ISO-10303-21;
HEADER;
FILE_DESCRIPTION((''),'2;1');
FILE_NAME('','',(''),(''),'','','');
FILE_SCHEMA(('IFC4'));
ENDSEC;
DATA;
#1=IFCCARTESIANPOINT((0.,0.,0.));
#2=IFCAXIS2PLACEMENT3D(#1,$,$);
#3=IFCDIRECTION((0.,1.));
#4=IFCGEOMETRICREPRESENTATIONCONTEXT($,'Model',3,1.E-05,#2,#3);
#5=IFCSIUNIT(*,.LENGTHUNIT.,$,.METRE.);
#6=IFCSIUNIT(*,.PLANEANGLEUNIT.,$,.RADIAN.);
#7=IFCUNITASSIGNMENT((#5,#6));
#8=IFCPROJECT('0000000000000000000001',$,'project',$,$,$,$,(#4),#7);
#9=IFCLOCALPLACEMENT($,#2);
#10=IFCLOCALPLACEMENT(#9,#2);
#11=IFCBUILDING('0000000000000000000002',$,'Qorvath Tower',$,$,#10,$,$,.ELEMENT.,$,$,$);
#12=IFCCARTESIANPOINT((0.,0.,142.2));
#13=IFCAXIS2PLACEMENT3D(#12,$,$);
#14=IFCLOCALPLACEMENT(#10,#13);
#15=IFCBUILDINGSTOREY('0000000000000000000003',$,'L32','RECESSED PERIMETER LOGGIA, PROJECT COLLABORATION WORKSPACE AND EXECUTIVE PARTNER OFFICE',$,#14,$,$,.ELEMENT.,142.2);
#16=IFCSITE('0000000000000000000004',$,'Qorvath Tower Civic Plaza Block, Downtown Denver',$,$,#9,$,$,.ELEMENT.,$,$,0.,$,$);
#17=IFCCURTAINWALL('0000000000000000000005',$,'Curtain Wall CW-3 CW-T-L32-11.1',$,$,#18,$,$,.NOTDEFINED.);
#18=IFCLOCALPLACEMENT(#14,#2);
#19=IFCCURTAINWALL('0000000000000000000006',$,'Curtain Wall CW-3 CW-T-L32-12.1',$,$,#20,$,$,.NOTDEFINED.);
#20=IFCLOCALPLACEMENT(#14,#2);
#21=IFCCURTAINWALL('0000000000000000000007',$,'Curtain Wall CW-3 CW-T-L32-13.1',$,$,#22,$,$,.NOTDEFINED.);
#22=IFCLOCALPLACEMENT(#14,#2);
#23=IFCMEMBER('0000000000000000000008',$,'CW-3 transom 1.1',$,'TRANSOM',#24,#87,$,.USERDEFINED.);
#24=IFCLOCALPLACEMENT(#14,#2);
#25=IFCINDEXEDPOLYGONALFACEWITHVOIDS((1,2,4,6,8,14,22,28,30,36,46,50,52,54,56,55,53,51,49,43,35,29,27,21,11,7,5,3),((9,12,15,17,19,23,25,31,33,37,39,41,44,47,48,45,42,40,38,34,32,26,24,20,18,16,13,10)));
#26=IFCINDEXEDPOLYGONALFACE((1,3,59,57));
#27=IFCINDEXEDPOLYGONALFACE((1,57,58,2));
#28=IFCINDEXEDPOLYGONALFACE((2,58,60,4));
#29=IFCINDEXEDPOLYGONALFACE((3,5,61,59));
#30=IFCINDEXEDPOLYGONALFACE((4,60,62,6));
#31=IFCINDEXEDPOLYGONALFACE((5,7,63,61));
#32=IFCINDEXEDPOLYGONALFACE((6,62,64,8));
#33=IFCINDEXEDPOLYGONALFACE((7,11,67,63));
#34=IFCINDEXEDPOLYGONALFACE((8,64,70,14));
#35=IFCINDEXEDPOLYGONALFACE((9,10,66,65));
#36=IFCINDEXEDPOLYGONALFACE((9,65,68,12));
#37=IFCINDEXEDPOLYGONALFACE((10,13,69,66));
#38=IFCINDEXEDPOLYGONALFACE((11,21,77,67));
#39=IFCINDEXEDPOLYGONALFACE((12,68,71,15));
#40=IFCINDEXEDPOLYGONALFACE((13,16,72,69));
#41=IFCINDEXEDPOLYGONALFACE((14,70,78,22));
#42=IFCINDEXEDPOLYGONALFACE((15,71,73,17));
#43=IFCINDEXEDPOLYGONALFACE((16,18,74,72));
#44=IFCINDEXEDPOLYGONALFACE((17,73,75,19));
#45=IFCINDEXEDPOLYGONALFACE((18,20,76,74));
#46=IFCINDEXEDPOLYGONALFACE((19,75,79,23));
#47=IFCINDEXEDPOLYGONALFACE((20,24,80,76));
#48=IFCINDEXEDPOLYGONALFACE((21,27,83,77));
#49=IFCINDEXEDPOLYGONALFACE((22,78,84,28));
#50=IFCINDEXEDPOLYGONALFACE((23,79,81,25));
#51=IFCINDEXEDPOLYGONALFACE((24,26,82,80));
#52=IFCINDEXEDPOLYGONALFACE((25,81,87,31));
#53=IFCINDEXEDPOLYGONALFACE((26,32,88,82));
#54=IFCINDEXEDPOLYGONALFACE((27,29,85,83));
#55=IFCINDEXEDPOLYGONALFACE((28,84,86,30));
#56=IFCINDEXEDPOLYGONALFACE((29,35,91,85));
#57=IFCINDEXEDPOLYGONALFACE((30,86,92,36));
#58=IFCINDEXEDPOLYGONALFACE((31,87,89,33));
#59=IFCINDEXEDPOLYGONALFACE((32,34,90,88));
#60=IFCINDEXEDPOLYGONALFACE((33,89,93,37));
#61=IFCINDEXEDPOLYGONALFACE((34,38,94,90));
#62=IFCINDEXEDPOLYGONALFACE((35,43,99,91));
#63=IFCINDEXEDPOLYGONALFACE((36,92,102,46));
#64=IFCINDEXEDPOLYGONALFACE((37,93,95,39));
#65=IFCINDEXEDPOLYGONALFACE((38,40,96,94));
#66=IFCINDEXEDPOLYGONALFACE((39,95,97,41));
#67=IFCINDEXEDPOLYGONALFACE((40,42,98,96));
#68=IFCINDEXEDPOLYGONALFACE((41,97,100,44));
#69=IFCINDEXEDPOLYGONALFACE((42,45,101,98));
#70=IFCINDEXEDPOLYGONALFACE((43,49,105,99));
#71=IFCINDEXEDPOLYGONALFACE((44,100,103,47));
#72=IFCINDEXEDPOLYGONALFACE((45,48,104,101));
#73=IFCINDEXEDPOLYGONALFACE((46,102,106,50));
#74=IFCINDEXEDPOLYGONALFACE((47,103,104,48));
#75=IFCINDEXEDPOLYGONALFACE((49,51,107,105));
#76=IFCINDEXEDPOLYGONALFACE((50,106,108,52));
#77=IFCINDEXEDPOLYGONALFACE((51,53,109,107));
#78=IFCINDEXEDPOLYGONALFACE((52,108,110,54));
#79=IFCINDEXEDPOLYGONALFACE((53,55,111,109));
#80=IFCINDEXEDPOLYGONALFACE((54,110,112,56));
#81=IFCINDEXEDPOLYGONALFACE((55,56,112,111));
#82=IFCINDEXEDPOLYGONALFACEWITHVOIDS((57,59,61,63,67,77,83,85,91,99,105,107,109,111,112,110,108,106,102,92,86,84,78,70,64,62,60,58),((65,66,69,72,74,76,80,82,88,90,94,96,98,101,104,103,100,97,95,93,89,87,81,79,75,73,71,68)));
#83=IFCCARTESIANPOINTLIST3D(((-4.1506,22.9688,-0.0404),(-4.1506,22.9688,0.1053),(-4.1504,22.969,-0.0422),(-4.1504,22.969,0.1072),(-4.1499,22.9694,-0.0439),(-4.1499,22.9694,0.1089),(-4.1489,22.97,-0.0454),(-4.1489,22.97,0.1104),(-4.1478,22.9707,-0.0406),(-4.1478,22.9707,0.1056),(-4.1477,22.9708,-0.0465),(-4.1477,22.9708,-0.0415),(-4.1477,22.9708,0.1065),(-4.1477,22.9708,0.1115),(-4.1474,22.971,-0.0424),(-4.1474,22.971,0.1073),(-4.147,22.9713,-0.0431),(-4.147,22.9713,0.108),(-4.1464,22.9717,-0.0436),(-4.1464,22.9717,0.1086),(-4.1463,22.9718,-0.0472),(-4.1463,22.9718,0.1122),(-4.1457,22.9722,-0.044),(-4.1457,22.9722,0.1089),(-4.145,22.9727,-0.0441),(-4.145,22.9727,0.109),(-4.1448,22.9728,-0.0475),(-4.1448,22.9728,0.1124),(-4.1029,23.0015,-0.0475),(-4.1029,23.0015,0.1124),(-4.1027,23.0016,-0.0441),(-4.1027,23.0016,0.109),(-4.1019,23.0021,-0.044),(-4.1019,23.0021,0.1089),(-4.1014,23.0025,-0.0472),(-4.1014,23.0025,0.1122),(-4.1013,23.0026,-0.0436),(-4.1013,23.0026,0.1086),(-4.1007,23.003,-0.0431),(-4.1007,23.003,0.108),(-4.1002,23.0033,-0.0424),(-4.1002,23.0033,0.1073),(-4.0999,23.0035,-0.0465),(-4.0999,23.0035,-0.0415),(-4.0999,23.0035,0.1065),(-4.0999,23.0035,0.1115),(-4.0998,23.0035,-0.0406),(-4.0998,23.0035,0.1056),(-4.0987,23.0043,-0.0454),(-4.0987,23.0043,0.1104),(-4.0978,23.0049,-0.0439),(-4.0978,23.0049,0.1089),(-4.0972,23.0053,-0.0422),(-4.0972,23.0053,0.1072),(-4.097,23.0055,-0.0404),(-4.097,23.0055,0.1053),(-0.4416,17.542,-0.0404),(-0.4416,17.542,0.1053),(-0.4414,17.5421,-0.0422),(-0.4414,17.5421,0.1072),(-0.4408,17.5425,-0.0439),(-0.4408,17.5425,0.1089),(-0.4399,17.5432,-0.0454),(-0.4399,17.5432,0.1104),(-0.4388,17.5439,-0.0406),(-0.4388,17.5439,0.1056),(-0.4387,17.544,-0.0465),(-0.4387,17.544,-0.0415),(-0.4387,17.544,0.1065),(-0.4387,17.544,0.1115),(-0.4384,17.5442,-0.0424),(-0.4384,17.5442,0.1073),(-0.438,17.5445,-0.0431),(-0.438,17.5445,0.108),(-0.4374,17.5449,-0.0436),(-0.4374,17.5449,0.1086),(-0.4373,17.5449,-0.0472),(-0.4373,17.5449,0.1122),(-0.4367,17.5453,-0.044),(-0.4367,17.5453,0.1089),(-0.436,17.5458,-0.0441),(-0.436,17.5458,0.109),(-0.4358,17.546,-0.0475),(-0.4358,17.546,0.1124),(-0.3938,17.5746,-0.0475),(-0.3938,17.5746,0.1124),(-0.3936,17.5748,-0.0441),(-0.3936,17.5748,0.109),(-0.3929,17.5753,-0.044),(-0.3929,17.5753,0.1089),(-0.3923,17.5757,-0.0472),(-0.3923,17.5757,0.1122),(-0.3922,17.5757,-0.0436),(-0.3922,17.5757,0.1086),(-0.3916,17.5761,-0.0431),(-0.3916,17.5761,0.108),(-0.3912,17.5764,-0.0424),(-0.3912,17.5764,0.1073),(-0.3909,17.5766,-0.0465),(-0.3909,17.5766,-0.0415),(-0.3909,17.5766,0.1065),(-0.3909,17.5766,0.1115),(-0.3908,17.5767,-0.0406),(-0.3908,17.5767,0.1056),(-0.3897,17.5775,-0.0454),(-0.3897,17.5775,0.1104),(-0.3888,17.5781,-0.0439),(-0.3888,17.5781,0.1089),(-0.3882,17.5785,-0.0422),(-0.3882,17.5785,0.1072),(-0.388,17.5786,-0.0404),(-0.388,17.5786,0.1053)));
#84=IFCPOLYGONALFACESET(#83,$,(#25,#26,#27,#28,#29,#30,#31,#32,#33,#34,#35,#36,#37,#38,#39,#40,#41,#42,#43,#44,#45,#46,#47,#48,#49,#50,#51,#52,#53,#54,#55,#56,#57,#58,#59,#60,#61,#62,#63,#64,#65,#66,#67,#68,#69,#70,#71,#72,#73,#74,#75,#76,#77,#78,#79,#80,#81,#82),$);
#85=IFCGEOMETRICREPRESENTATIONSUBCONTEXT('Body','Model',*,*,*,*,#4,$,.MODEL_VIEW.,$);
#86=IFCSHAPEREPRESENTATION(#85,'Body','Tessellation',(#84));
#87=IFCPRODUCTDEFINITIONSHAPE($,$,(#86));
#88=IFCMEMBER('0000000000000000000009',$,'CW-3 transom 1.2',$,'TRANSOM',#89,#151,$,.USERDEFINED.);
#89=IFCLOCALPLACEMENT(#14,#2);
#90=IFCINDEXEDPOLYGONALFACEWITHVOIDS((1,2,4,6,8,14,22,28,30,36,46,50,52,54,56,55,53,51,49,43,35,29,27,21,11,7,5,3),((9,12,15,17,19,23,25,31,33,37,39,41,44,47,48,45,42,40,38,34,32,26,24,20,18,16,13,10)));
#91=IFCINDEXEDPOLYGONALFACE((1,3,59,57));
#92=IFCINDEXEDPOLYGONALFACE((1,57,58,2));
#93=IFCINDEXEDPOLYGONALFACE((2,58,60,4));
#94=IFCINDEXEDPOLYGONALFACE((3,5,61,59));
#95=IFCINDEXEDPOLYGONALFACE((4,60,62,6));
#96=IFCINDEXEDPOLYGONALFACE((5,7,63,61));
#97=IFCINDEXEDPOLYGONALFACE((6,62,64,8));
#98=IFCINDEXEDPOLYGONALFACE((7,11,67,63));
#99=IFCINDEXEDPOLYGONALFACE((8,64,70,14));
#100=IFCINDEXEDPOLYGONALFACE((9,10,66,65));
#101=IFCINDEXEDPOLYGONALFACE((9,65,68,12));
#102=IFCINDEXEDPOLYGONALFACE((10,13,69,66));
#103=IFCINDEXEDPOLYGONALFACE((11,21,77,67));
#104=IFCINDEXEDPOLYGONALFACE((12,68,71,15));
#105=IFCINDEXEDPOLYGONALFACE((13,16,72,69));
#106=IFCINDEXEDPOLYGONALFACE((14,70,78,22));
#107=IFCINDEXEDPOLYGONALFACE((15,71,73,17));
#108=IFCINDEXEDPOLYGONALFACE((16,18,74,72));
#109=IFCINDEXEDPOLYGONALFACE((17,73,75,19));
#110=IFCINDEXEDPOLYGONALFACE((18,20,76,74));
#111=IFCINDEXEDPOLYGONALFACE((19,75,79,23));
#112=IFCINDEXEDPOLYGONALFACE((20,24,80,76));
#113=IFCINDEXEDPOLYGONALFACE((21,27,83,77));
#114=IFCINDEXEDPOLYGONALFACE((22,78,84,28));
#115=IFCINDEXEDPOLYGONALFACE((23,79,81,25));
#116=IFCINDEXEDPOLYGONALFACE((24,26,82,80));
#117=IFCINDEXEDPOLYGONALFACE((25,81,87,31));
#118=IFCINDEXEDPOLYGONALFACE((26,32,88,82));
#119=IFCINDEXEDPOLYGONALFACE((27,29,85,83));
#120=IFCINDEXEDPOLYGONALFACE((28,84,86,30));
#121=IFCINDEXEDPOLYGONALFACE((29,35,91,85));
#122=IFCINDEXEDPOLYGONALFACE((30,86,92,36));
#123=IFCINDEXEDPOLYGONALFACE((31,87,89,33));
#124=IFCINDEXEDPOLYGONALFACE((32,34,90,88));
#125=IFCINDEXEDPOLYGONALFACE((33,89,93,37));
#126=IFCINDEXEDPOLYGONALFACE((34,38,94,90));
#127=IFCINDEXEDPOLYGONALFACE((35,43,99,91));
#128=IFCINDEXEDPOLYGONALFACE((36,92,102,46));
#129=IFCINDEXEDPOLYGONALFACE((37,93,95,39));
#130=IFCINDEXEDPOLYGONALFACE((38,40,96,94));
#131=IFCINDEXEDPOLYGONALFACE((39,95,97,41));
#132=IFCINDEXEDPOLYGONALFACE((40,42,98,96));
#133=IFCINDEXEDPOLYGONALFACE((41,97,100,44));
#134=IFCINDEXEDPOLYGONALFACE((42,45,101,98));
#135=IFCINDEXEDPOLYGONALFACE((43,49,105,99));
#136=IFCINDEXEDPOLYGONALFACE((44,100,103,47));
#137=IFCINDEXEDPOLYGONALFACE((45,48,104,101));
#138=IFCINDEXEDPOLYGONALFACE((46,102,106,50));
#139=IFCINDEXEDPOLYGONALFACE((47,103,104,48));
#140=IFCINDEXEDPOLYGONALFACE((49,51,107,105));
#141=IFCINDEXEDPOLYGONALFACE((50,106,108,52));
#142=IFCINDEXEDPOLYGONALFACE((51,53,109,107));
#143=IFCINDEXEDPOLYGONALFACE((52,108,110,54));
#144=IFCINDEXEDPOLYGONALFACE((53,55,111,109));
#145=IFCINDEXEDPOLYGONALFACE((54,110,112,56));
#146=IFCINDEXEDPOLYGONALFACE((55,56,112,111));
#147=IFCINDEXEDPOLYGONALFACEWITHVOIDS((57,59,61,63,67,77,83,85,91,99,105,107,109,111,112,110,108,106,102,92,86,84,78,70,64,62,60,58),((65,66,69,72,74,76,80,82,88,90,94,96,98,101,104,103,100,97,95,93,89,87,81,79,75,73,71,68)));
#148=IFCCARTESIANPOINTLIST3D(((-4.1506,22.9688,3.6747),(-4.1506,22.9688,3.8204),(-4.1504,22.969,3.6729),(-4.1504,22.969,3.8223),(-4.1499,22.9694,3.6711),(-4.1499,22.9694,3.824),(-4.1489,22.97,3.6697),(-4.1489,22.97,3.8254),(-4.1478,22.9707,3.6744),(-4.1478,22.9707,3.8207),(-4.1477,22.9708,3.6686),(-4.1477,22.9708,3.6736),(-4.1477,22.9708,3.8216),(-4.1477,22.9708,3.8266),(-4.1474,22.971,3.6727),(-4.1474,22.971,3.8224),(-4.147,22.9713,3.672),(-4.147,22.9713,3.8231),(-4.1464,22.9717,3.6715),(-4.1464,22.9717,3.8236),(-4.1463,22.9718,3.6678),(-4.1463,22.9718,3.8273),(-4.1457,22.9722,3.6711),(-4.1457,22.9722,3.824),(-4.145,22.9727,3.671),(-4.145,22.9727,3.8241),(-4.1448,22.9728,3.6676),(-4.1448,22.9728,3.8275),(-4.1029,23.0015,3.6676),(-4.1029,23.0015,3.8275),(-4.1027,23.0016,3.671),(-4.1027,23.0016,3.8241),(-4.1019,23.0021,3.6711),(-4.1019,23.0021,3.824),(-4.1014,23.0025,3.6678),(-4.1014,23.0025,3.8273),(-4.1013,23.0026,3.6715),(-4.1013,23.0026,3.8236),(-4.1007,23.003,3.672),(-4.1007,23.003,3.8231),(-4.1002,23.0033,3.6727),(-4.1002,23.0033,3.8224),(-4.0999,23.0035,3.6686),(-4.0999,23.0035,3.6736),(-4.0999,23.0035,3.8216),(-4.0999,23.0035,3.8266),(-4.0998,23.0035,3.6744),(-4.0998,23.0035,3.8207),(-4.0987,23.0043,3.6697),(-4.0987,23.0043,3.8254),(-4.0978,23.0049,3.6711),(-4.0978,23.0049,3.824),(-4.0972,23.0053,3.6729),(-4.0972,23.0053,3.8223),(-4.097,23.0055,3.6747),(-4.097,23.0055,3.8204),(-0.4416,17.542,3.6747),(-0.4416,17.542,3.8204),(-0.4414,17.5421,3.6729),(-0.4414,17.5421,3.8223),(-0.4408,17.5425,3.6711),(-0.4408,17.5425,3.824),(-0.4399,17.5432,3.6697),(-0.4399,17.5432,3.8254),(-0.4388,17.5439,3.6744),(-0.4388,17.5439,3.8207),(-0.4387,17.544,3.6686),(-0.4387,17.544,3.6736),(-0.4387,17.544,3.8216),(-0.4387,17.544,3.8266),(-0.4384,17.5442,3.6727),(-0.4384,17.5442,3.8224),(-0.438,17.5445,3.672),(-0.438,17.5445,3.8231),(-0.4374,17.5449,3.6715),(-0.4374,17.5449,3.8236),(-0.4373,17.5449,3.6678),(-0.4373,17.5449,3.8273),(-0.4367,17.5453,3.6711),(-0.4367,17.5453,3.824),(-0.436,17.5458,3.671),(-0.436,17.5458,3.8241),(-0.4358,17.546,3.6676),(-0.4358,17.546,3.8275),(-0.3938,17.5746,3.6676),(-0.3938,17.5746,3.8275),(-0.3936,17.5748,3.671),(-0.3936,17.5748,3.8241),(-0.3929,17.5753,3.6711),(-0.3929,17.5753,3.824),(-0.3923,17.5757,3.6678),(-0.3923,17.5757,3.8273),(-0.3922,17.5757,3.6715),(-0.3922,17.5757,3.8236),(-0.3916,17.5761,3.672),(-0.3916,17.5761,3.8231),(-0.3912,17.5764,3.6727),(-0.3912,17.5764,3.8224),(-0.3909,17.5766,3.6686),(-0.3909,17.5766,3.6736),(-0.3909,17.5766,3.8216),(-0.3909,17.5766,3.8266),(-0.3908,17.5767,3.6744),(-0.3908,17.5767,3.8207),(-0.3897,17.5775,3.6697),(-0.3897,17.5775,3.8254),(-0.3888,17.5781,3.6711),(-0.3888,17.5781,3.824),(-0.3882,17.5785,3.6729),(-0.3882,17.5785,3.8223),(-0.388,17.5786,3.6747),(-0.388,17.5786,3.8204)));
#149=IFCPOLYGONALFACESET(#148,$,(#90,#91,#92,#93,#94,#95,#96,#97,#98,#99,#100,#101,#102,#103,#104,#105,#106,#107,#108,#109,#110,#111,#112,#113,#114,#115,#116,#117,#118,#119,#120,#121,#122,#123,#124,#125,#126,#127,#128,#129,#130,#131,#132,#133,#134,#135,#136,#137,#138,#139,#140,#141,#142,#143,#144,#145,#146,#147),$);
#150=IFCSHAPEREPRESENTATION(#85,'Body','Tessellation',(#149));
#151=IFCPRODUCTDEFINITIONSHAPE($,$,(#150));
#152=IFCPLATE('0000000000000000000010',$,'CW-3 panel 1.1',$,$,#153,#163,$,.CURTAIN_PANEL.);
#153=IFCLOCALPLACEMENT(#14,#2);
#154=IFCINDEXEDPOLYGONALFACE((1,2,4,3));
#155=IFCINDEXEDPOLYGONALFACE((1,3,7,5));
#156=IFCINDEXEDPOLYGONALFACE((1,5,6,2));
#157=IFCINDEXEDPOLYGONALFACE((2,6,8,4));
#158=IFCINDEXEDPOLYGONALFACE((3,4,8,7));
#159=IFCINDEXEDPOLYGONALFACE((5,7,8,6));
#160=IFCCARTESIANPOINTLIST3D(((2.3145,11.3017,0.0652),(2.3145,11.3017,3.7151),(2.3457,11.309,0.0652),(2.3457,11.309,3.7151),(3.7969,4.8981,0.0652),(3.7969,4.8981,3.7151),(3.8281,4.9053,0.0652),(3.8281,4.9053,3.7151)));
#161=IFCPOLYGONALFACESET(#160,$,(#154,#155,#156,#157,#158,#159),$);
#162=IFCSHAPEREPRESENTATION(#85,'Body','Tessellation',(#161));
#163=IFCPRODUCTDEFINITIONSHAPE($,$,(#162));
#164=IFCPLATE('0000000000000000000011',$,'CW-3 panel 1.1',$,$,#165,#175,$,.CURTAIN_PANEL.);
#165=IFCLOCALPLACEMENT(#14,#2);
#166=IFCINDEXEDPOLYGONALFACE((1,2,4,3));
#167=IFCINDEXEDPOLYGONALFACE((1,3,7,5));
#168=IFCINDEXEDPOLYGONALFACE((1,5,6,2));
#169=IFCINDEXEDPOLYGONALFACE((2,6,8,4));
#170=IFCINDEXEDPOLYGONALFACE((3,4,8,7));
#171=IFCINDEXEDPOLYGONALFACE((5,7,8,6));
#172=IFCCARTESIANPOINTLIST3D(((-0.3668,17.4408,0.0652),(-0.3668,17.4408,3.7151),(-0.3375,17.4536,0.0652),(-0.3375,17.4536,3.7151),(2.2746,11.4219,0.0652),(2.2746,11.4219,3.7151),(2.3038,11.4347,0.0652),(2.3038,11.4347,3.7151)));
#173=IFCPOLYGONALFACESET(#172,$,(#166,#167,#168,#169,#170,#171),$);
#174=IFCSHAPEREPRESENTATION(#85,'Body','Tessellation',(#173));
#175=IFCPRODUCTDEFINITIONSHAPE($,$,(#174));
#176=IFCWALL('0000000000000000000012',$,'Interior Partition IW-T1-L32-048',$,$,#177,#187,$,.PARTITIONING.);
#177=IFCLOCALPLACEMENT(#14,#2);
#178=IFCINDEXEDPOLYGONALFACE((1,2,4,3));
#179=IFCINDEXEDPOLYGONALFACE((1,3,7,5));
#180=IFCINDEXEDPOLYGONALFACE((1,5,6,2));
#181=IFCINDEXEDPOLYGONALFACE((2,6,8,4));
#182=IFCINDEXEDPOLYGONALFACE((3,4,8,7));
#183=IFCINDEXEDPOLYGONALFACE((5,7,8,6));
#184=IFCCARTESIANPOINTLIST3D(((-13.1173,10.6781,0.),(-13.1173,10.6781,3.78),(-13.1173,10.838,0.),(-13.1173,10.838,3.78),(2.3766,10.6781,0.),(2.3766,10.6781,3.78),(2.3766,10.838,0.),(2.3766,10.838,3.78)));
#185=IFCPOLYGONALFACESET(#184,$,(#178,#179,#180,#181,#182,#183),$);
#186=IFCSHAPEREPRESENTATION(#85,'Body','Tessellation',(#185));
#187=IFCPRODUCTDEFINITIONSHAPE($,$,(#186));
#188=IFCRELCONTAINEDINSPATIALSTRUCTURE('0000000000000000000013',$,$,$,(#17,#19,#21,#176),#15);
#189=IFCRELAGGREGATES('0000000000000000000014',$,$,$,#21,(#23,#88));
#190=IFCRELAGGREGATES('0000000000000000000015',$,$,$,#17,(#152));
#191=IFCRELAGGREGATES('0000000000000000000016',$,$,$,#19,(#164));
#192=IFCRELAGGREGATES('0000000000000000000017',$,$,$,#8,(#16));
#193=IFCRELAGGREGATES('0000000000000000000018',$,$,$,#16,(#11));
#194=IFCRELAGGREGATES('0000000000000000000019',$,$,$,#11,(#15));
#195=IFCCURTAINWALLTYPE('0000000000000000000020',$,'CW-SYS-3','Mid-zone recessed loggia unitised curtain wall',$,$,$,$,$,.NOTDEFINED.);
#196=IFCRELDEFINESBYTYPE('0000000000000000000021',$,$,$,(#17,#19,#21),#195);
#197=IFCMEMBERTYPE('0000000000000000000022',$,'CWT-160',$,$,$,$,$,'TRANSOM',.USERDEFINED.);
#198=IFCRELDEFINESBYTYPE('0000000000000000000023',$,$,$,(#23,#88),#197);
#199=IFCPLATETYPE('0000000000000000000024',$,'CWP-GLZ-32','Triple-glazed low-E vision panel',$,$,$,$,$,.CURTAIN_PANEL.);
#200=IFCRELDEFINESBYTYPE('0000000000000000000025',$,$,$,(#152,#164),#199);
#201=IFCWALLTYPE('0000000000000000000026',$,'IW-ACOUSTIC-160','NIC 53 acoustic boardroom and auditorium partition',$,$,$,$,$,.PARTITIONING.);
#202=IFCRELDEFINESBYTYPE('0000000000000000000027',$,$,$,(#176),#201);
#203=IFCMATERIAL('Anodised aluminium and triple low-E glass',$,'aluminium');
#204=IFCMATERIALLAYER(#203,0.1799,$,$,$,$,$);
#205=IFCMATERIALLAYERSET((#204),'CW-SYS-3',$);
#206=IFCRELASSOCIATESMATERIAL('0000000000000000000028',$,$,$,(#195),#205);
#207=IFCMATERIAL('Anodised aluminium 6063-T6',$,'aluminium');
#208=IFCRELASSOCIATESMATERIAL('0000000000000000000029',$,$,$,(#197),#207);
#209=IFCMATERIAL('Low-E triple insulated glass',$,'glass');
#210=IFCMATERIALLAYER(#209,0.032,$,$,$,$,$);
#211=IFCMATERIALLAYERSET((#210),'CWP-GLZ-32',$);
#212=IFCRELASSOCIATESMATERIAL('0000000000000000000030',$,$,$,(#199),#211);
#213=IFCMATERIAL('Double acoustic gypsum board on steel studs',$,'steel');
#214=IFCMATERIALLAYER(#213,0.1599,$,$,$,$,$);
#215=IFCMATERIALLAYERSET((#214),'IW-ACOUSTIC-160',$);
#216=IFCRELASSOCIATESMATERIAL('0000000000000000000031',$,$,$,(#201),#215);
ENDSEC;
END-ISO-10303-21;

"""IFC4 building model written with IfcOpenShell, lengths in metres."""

from ifc_helpers import new_model, si_unit, direction, frame, frame_2d, origin, origin_2d, place, context, subcontext, project, spatial, rectangle, hollow_rectangle, extrude, material, layer, layer_set, material_profile, profile_set, type_object, element, aggregate, save


model = new_model("IFC4")

# Units and contexts
model_context = context("Model", 3, precision=1e-05, world=origin(), true_north=direction((0.0, 1.0)))
body_context = subcontext(model_context, "Body", "Model", "MODEL_VIEW")
ifc_project = project(units=[si_unit("LENGTHUNIT", "METRE"), si_unit("PLANEANGLEUNIT", "RADIAN")], contexts=[model_context])

# Site, building, storey
site_placement = place(None, origin())
site = spatial("IfcSite", under=ifc_project, at=site_placement, Name="Qorvath Tower Civic Plaza Block, Downtown Denver", CompositionType="ELEMENT", RefElevation=0.0)
building_placement = place(site_placement, origin())
building = spatial("IfcBuilding", under=site, at=building_placement, Name="Qorvath Tower", CompositionType="ELEMENT")
storey_placement = place(building_placement, frame((0.0, 0.0, 142.2)))
storey = spatial("IfcBuildingStorey", under=building, at=storey_placement, Name="L32", Description="RECESSED PERIMETER LOGGIA, PROJECT COLLABORATION WORKSPACE AND EXECUTIVE PARTNER OFFICE", CompositionType="ELEMENT", Elevation=142.2)

# Curtain wall
ifc_material_1 = material(Name="Anodised aluminium and triple low-E glass", Category="aluminium")
ifc_layer_1 = layer(ifc_material_1, 0.1799)
ifc_layer_set_1 = layer_set([ifc_layer_1], Name="CW-SYS-3")
curtain_wall_type = type_object("IfcCurtainWallType", Name="CW-SYS-3", Description="Mid-zone recessed loggia unitised curtain wall", PredefinedType="NOTDEFINED", material=ifc_layer_set_1)
curtain_wall_1_placement = place(storey_placement, origin())
curtain_wall_1 = element("IfcCurtainWall", 1, at=curtain_wall_1_placement, inside=storey, type_object=curtain_wall_type, Name="Curtain Wall CW-3 CW-T-L32-11.1", PredefinedType="NOTDEFINED")

# Curtain wall
curtain_wall_2_placement = place(storey_placement, origin())
curtain_wall_2 = element("IfcCurtainWall", 2, at=curtain_wall_2_placement, inside=storey, type_object=curtain_wall_type, Name="Curtain Wall CW-3 CW-T-L32-12.1", PredefinedType="NOTDEFINED")

# Curtain wall
curtain_wall_3_placement = place(storey_placement, origin())
curtain_wall_3 = element("IfcCurtainWall", 3, at=curtain_wall_3_placement, inside=storey, type_object=curtain_wall_type, Name="Curtain Wall CW-3 CW-T-L32-13.1", PredefinedType="NOTDEFINED")

# Members
ifc_material_2 = material(Name="Anodised aluminium 6063-T6", Category="aluminium")
ifc_material_profile_1 = material_profile(ifc_material_2, hollow_rectangle(XDim=0.0649, YDim=0.1599, WallThickness=0.0034, InnerFilletRadius=0.0034, OuterFilletRadius=0.0071, at=origin_2d()), Name="CWT 160x65")
ifc_profile_set_1 = profile_set([ifc_material_profile_1], Name="Anodised aluminium 6063-T6")
member_type_1 = type_object("IfcMemberType", Name="CWT-160", ElementType="TRANSOM", PredefinedType="USERDEFINED", material=ifc_profile_set_1)
member_1_placement = place(storey_placement, frame((-0.4148, 17.5603, 0.0325), z_axis=(-0.564263, 0.825595, 0.0), x_axis=(-0.825595, -0.564263, 0.0)))
member_1 = element("IfcMember", 4, at=member_1_placement, type_object=member_type_1, Name="CW-3 transom 1.1", ObjectType="TRANSOM", PredefinedType="USERDEFINED", context=body_context, shape_type="SweptSolid", body=[
    extrude(hollow_rectangle(XDim=0.0649, YDim=0.1599, WallThickness=0.0034, InnerFilletRadius=0.0034, OuterFilletRadius=0.0071, at=origin_2d()), origin(), (0.0, 0.0, 1.0), 6.5732),
])
member_2_placement = place(storey_placement, frame((-0.4148, 17.5603, 3.7476), z_axis=(-0.564263, 0.825595, 0.0), x_axis=(-0.825595, -0.564263, 0.0)))
member_2 = element("IfcMember", 5, at=member_2_placement, type_object=member_type_1, Name="CW-3 transom 1.2", ObjectType="TRANSOM", PredefinedType="USERDEFINED", context=body_context, shape_type="SweptSolid", body=[
    extrude(hollow_rectangle(XDim=0.0649, YDim=0.1599, WallThickness=0.0034, InnerFilletRadius=0.0034, OuterFilletRadius=0.0071, at=origin_2d()), origin(), (0.0, 0.0, 1.0), 6.5732),
])
aggregate(curtain_wall_3, [member_1, member_2])

# Plates
ifc_material_3 = material(Name="Low-E triple insulated glass", Category="glass")
ifc_layer_2 = layer(ifc_material_3, 0.032)
ifc_layer_set_2 = layer_set([ifc_layer_2], Name="CWP-GLZ-32")
plate_type = type_object("IfcPlateType", Name="CWP-GLZ-32", Description="Triple-glazed low-E vision panel", PredefinedType="CURTAIN_PANEL", material=ifc_layer_set_2)
plate_1_placement = place(storey_placement, frame((3.0713, 8.1035, 0.0652), z_axis=(0.0, 0.0, 1.0), x_axis=(-0.225526, 0.974237, 0.0)))
plate_1 = element("IfcPlate", 6, at=plate_1_placement, type_object=plate_type, Name="CW-3 panel 1.1", PredefinedType="CURTAIN_PANEL", context=body_context, shape_type="SweptSolid", body=[
    extrude(rectangle(XDim=6.573, YDim=0.032, at=origin_2d()), origin(), (0.0, 0.0, 1.0), 3.6499),
])
aggregate(curtain_wall_1, [plate_1])
plate_2_placement = place(storey_placement, frame((0.9685, 14.4377, 0.0652), z_axis=(0.0, 0.0, 1.0), x_axis=(-0.401854, 0.915704, 0.0)))
plate_2 = element("IfcPlate", 7, at=plate_2_placement, type_object=plate_type, Name="CW-3 panel 1.1", PredefinedType="CURTAIN_PANEL", context=body_context, shape_type="SweptSolid", body=[
    extrude(rectangle(XDim=6.573, YDim=0.032, at=origin_2d()), origin(), (0.0, 0.0, 1.0), 3.6499),
])
aggregate(curtain_wall_2, [plate_2])

# Wall
ifc_material_4 = material(Name="Double acoustic gypsum board on steel studs", Category="steel")
ifc_layer_3 = layer(ifc_material_4, 0.1599)
ifc_layer_set_3 = layer_set([ifc_layer_3], Name="IW-ACOUSTIC-160")
wall_type_1 = type_object("IfcWallType", Name="IW-ACOUSTIC-160", Description="NIC 53 acoustic boardroom and auditorium partition", PredefinedType="PARTITIONING", material=ifc_layer_set_3)
wall_1_placement = place(storey_placement, frame((2.3767, 10.7581, 0.0), z_axis=(0.0, 0.0, 1.0), x_axis=(-1.0, 0.0, 0.0)))
element("IfcWall", 8, at=wall_1_placement, inside=storey, type_object=wall_type_1, Name="Interior Partition IW-T1-L32-048", PredefinedType="PARTITIONING", context=body_context, shape_type="SweptSolid", body=[
    extrude(rectangle(XDim=15.4939, YDim=0.1599, at=frame_2d((7.7471, 0.0))), origin(), (0.0, 0.0, 1.0), 3.78),
])

save(model, "model.ifc")
